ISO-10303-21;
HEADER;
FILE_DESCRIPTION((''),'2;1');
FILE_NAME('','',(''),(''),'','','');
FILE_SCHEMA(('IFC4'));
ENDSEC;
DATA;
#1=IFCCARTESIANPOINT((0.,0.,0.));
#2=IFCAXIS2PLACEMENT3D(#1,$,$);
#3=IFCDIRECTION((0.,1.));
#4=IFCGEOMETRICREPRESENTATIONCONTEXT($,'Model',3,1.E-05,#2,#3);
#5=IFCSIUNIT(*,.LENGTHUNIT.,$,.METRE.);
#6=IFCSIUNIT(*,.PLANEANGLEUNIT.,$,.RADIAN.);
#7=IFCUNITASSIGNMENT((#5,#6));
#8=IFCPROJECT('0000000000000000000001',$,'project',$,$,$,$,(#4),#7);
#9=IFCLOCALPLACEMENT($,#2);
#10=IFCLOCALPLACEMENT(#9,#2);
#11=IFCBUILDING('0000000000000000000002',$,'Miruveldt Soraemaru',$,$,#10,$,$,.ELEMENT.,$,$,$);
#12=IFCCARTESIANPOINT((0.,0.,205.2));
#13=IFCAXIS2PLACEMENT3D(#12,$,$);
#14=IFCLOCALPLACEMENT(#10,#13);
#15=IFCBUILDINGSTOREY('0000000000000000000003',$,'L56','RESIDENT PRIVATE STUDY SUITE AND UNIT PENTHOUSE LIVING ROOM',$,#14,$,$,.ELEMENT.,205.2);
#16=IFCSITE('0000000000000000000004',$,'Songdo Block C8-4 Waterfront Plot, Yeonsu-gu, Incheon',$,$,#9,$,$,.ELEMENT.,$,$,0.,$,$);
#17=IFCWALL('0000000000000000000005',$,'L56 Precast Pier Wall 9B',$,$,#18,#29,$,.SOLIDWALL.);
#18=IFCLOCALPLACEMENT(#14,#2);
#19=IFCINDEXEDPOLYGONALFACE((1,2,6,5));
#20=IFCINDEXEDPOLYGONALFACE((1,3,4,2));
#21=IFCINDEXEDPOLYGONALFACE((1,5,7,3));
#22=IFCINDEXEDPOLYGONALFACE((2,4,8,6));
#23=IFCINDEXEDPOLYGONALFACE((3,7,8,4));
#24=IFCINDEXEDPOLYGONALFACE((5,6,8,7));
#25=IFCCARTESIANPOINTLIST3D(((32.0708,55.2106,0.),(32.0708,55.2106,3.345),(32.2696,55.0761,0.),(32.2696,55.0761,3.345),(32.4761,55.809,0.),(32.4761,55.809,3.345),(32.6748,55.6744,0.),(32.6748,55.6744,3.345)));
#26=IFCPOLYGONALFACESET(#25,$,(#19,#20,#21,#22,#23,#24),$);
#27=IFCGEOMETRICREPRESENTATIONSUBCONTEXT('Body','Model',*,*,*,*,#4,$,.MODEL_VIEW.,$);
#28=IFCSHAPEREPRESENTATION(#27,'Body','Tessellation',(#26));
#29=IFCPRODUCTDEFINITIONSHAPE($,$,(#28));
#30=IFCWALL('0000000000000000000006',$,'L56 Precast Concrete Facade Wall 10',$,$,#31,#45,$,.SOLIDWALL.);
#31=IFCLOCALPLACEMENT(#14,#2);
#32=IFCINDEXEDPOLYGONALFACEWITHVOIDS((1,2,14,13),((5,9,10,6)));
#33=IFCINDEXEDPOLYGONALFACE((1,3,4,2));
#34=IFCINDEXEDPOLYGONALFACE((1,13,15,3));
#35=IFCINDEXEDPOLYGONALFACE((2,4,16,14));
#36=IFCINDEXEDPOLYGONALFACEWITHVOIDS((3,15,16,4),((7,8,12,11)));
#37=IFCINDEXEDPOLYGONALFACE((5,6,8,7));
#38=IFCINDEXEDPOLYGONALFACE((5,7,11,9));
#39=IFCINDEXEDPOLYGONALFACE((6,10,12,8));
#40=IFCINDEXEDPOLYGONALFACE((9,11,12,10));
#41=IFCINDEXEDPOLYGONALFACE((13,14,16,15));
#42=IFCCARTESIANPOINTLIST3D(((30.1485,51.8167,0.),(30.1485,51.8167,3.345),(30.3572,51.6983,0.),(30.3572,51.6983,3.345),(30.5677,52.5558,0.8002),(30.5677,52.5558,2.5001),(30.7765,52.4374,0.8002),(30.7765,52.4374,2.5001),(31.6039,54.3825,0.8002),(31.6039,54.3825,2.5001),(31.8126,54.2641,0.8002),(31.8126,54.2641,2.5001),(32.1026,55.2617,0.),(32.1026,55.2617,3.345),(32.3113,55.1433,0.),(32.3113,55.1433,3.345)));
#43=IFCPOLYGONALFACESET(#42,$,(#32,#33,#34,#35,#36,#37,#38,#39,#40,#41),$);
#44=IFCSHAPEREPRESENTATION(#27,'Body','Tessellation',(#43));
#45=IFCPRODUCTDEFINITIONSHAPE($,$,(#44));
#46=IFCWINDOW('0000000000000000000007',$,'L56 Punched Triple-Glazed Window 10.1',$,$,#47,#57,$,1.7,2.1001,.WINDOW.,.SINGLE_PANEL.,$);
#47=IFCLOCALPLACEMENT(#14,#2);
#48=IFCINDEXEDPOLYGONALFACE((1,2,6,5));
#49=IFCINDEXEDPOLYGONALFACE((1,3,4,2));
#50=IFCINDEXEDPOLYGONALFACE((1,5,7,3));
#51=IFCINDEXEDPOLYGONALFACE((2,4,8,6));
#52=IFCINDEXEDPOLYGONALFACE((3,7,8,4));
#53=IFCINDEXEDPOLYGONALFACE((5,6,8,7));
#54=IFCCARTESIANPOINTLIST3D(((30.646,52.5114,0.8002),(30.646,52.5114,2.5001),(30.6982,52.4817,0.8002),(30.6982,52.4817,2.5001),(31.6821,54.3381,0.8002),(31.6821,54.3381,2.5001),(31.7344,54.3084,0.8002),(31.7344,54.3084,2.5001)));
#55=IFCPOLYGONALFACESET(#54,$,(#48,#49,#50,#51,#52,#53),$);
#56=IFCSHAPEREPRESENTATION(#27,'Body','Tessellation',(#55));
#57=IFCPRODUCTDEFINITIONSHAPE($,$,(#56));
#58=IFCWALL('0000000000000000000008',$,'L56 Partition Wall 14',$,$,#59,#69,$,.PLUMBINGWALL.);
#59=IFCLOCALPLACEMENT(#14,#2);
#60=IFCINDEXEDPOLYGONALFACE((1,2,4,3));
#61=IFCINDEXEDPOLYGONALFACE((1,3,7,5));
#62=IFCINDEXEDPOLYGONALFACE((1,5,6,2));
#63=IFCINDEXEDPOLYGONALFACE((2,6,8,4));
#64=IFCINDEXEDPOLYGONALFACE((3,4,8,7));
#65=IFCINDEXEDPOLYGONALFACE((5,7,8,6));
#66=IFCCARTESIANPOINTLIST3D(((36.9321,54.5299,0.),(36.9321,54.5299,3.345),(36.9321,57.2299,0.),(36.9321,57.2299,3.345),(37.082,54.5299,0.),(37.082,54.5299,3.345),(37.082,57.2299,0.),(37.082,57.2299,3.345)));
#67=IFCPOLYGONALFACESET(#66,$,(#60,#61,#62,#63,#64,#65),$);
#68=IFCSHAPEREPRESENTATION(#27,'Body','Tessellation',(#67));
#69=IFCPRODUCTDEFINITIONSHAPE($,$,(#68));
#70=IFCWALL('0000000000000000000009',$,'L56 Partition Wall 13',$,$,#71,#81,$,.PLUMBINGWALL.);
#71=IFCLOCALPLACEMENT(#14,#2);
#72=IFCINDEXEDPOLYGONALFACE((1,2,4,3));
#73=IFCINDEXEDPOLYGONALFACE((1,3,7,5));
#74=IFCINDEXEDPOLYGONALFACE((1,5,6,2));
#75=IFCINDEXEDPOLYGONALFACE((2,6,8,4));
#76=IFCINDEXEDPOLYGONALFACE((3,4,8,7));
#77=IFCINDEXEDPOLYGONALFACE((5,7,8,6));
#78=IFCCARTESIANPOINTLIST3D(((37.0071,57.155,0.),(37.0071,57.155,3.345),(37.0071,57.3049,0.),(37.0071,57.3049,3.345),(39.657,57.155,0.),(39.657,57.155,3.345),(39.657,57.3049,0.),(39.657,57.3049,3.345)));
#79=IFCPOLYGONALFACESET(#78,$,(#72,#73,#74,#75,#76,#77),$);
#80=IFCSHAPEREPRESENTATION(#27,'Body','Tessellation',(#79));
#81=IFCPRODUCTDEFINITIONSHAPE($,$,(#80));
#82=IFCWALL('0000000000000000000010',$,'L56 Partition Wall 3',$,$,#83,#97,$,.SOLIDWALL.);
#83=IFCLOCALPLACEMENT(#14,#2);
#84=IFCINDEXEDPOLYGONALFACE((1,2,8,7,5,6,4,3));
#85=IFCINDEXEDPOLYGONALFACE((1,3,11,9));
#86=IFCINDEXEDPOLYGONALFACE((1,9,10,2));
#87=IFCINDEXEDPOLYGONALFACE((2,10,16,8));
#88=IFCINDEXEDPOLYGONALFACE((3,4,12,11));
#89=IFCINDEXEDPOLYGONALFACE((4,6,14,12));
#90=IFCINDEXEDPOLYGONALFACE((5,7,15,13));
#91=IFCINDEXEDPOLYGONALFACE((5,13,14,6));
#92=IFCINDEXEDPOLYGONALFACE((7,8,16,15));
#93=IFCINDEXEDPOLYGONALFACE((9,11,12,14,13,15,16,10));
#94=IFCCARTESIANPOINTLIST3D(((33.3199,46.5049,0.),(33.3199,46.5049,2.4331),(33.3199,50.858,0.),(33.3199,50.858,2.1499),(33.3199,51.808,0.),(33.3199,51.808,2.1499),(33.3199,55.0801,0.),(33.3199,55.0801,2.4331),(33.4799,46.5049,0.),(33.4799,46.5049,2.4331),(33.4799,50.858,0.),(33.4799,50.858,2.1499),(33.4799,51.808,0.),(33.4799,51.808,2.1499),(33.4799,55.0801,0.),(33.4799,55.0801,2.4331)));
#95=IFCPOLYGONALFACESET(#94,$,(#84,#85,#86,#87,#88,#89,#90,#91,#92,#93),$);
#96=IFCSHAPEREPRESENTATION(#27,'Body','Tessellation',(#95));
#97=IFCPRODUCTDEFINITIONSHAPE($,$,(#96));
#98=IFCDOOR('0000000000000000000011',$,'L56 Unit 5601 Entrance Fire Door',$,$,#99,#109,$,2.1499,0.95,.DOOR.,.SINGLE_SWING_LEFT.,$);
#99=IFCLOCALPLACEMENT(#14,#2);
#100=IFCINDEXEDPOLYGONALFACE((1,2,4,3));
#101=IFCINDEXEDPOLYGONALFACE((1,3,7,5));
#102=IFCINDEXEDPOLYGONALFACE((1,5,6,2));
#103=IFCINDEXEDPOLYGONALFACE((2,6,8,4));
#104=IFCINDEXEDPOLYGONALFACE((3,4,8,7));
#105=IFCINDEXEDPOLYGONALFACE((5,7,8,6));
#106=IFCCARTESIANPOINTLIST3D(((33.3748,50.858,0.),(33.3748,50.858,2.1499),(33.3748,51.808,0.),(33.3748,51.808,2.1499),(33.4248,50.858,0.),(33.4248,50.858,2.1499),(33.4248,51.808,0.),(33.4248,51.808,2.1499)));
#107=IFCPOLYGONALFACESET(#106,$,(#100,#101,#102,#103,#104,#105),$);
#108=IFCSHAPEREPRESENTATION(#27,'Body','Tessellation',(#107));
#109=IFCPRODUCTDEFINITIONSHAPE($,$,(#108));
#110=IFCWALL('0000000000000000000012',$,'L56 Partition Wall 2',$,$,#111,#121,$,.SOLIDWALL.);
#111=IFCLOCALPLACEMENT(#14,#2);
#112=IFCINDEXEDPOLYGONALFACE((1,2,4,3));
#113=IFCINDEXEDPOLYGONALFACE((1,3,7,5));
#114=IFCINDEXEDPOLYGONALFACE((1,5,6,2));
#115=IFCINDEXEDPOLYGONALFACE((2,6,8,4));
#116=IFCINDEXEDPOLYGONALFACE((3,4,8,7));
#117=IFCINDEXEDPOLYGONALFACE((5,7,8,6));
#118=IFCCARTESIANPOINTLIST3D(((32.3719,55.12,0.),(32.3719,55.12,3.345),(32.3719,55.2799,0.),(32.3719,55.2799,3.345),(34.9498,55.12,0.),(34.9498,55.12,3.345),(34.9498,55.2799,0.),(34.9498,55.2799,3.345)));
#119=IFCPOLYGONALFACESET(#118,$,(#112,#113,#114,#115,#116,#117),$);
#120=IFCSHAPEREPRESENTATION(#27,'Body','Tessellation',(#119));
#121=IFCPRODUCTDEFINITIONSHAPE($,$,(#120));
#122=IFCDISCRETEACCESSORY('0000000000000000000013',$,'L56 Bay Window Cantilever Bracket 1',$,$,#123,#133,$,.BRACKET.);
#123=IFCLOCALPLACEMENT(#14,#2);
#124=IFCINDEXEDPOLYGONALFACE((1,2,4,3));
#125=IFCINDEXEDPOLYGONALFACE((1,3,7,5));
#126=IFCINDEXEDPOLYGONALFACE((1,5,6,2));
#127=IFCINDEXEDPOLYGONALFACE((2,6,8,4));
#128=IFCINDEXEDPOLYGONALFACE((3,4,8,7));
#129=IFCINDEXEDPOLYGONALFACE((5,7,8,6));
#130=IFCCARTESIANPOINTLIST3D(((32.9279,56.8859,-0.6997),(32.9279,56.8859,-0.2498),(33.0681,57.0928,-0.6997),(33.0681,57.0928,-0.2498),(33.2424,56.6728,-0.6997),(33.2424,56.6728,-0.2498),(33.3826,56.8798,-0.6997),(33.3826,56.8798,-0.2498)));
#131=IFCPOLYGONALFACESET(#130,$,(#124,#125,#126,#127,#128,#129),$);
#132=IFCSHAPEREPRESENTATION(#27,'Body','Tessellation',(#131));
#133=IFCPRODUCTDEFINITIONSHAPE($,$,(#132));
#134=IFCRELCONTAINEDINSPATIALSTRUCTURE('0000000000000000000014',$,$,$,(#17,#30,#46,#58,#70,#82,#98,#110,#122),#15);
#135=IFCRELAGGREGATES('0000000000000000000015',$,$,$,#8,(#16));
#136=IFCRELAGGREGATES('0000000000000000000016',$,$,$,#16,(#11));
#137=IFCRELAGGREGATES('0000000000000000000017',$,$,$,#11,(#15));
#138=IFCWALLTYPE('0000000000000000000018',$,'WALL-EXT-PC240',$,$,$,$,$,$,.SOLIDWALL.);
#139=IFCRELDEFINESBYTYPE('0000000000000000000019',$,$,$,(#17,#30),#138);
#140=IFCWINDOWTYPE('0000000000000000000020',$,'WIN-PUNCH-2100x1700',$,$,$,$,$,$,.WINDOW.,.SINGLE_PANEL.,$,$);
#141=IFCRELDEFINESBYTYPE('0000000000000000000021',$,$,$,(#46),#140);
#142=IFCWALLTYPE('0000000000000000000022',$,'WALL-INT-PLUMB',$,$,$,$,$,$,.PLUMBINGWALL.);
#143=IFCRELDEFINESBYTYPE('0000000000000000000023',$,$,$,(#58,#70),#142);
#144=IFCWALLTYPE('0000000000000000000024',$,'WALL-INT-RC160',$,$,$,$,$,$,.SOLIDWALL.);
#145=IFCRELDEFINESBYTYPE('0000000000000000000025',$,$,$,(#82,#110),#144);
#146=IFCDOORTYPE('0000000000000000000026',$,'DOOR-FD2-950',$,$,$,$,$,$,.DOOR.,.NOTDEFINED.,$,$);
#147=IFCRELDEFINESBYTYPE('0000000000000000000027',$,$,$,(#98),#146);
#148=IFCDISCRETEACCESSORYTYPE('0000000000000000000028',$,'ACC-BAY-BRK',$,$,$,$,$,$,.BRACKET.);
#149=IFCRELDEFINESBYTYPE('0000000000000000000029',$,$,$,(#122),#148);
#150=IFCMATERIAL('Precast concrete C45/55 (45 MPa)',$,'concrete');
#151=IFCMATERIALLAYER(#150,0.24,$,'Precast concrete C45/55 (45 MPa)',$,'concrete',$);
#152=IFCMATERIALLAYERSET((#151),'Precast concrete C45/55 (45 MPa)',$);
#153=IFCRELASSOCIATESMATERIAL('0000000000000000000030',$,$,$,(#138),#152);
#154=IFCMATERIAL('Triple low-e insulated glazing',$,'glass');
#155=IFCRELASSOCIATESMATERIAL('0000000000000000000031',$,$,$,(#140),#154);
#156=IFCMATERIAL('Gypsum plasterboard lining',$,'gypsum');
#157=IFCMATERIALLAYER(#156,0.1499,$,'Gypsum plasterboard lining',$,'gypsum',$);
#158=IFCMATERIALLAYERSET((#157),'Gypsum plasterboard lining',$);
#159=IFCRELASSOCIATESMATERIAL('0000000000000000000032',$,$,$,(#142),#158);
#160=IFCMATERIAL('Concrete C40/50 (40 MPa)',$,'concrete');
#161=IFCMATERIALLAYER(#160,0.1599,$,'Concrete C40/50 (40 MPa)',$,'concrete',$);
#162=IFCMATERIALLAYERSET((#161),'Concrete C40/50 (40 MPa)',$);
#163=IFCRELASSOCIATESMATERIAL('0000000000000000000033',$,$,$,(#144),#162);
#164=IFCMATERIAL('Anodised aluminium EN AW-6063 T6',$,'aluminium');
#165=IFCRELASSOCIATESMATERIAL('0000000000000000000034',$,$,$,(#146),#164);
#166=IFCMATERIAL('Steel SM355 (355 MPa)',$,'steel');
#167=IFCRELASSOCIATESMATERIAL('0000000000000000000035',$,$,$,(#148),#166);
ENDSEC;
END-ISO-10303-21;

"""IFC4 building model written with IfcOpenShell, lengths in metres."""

from ifc_helpers import new_model, si_unit, direction, frame, frame_2d, origin, origin_2d, place, context, subcontext, project, spatial, rectangle, extrude, material, layer, layer_set, type_object, element, fill, save


model = new_model("IFC4")

# Units and contexts
model_context = context("Model", 3, precision=1e-05, world=origin(), true_north=direction((0.0, 1.0)))
body_context = subcontext(model_context, "Body", "Model", "MODEL_VIEW")
ifc_project = project(units=[si_unit("LENGTHUNIT", "METRE"), si_unit("PLANEANGLEUNIT", "RADIAN")], contexts=[model_context])

# Site, building, storey
site_placement = place(None, origin())
site = spatial("IfcSite", under=ifc_project, at=site_placement, Name="Songdo Block C8-4 Waterfront Plot, Yeonsu-gu, Incheon", CompositionType="ELEMENT", RefElevation=0.0)
building_placement = place(site_placement, origin())
building = spatial("IfcBuilding", under=site, at=building_placement, Name="Miruveldt Soraemaru", CompositionType="ELEMENT")
storey_placement = place(building_placement, frame((0.0, 0.0, 205.2)))
storey = spatial("IfcBuildingStorey", under=building, at=storey_placement, Name="L56", Description="RESIDENT PRIVATE STUDY SUITE AND UNIT PENTHOUSE LIVING ROOM", CompositionType="ELEMENT", Elevation=205.2)

# Shared definitions
ifc_material_1 = material(Name="Triple low-e insulated glazing", Category="glass")
ifc_material_2 = material(Name="Precast concrete C45/55 (45 MPa)", Category="concrete")
ifc_layer_1 = layer(ifc_material_2, 0.24, Name="Precast concrete C45/55 (45 MPa)", Category="concrete")
ifc_layer_set_1 = layer_set([ifc_layer_1], Name="Precast concrete C45/55 (45 MPa)")
wall_type_1 = type_object("IfcWallType", Name="WALL-EXT-PC240", PredefinedType="SOLIDWALL", material=ifc_layer_set_1)
window_type_1 = type_object("IfcWindowType", Name="WIN-PUNCH-2100x1700", PartitioningType="SINGLE_PANEL", PredefinedType="WINDOW", material=ifc_material_1)

# Wall
wall_1_placement = place(storey_placement, frame((32.5754, 55.7417, 0.0), z_axis=(0.0, 0.0, 1.0), x_axis=(-0.560766, -0.827974, 0.0)))
element("IfcWall", 1, at=wall_1_placement, inside=storey, type_object=wall_type_1, Name="L56 Precast Pier Wall 9B", PredefinedType="SOLIDWALL", context=body_context, shape_type="SweptSolid", body=[
    extrude(rectangle(XDim=0.7227, YDim=0.24, at=frame_2d((0.3613, 0.0))), origin(), (0.0, 0.0, 1.0), 3.345),
])

# Wall, opening, window
wall_2_placement = place(storey_placement, frame((32.207, 55.2026, 0.0), z_axis=(0.0, 0.0, 1.0), x_axis=(-0.493375, -0.869817, 0.0)))
wall_2 = element("IfcWall", 2, at=wall_2_placement, inside=storey, type_object=wall_type_1, Name="L56 Precast Concrete Facade Wall 10", PredefinedType="SOLIDWALL", context=body_context, shape_type="SweptSolid", body=[
    extrude(rectangle(XDim=3.9607, YDim=0.24, at=frame_2d((1.9805, 0.0))), origin(), (0.0, 0.0, 1.0), 3.345),
])
opening_1_placement = place(wall_2_placement, frame((1.011, 0.0, 0.8)))
opening_1 = element("IfcOpeningElement", 3, at=opening_1_placement, cuts=wall_2, PredefinedType="OPENING", context=body_context, shape_type="SweptSolid", body=[
    extrude(rectangle(XDim=2.1001, YDim=1.7, at=frame_2d((1.05, 0.8501))), frame((0.0, 0.1299, 0.0), z_axis=(0.0, -1.0, 0.0), x_axis=(1.0, 0.0, 0.0)), (0.0, 0.0, 1.0), 0.26),
])
window_1_placement = place(opening_1_placement, origin())
window_1 = element("IfcWindow", 4, at=window_1_placement, inside=storey, type_object=window_type_1, Name="L56 Punched Triple-Glazed Window 10.1", OverallHeight=1.7, OverallWidth=2.1001, PartitioningType="SINGLE_PANEL", PredefinedType="WINDOW", context=body_context, shape_type="SweptSolid", body=[
    extrude(rectangle(XDim=2.1001, YDim=1.7, at=frame_2d((1.05, 0.8501))), frame((0.0, 0.03, 0.0), z_axis=(0.0, -1.0, 0.0), x_axis=(1.0, 0.0, 0.0)), (0.0, 0.0, 1.0), 0.0601),
])
fill(opening_1, window_1)

# Walls
ifc_material_3 = material(Name="Gypsum plasterboard lining", Category="gypsum")
ifc_layer_2 = layer(ifc_material_3, 0.1499, Name="Gypsum plasterboard lining", Category="gypsum")
ifc_layer_set_2 = layer_set([ifc_layer_2], Name="Gypsum plasterboard lining")
wall_type_2 = type_object("IfcWallType", Name="WALL-INT-PLUMB", PredefinedType="PLUMBINGWALL", material=ifc_layer_set_2)
wall_3_placement = place(storey_placement, frame((37.0071, 57.23, 0.0), z_axis=(0.0, 0.0, 1.0), x_axis=(0.0, -1.0, 0.0)))
element("IfcWall", 5, at=wall_3_placement, inside=storey, type_object=wall_type_2, Name="L56 Partition Wall 14", PredefinedType="PLUMBINGWALL", context=body_context, shape_type="SweptSolid", body=[
    extrude(rectangle(XDim=2.7, YDim=0.1499, at=frame_2d((1.3501, 0.0))), origin(), (0.0, 0.0, 1.0), 3.345),
])
wall_4_placement = place(storey_placement, frame((39.657, 57.23, 0.0), z_axis=(0.0, 0.0, 1.0), x_axis=(-1.0, 0.0, 0.0)))
element("IfcWall", 6, at=wall_4_placement, inside=storey, type_object=wall_type_2, Name="L56 Partition Wall 13", PredefinedType="PLUMBINGWALL", context=body_context, shape_type="SweptSolid", body=[
    extrude(rectangle(XDim=2.6499, YDim=0.1499, at=frame_2d((1.325, 0.0))), origin(), (0.0, 0.0, 1.0), 3.345),
])

# Wall, opening, door
ifc_material_4 = material(Name="Concrete C40/50 (40 MPa)", Category="concrete")
ifc_layer_3 = layer(ifc_material_4, 0.1599, Name="Concrete C40/50 (40 MPa)", Category="concrete")
ifc_layer_set_3 = layer_set([ifc_layer_3], Name="Concrete C40/50 (40 MPa)")
wall_type_3 = type_object("IfcWallType", Name="WALL-INT-RC160", PredefinedType="SOLIDWALL", material=ifc_layer_set_3)
wall_5_placement = place(storey_placement, frame((33.3999, 55.0801, 0.0), z_axis=(0.0, 0.0, 1.0), x_axis=(0.0, -1.0, 0.0)))
wall_5 = element("IfcWall", 7, at=wall_5_placement, inside=storey, type_object=wall_type_3, Name="L56 Partition Wall 3", PredefinedType="SOLIDWALL", context=body_context, shape_type="SweptSolid", body=[
    extrude(rectangle(XDim=8.5752, YDim=0.1599, at=frame_2d((4.2876, 0.0))), origin(), (0.0, 0.0, 1.0), 2.4331),
])
opening_2_placement = place(wall_5_placement, frame((3.272, 0.0, 0.0)))
opening_2 = element("IfcOpeningElement", 8, at=opening_2_placement, cuts=wall_5, PredefinedType="OPENING", context=body_context, shape_type="SweptSolid", body=[
    extrude(rectangle(XDim=0.95, YDim=2.1499, at=frame_2d((0.4751, 1.075))), frame((0.0, 0.0898, 0.0), z_axis=(0.0, -1.0, 0.0), x_axis=(1.0, 0.0, 0.0)), (0.0, 0.0, 1.0), 0.1799),
])
ifc_material_5 = material(Name="Anodised aluminium EN AW-6063 T6", Category="aluminium")
door_type = type_object("IfcDoorType", Name="DOOR-FD2-950", OperationType="NOTDEFINED", PredefinedType="DOOR", material=ifc_material_5)
door_placement = place(opening_2_placement, origin())
door = element("IfcDoor", 9, at=door_placement, inside=storey, type_object=door_type, Name="L56 Unit 5601 Entrance Fire Door", OperationType="SINGLE_SWING_LEFT", OverallHeight=2.1499, OverallWidth=0.95, PredefinedType="DOOR", context=body_context, shape_type="SweptSolid", body=[
    extrude(rectangle(XDim=0.95, YDim=2.1499, at=frame_2d((0.4751, 1.075))), frame((0.0, 0.0249, 0.0), z_axis=(0.0, -1.0, 0.0), x_axis=(1.0, 0.0, 0.0)), (0.0, 0.0, 1.0), 0.05),
])
fill(opening_2, door)

# Wall
wall_6_placement = place(storey_placement, frame((34.95, 55.2, 0.0), z_axis=(0.0, 0.0, 1.0), x_axis=(-1.0, 0.0, 0.0)))
element("IfcWall", 10, at=wall_6_placement, inside=storey, type_object=wall_type_3, Name="L56 Partition Wall 2", PredefinedType="SOLIDWALL", context=body_context, shape_type="SweptSolid", body=[
    extrude(rectangle(XDim=2.5779, YDim=0.1599, at=frame_2d((1.2891, 0.0))), origin(), (0.0, 0.0, 1.0), 3.345),
])

# Discrete accessory
ifc_material_6 = material(Name="Steel SM355 (355 MPa)", Category="steel")
discrete_accessory_type = type_object("IfcDiscreteAccessoryType", Name="ACC-BAY-BRK", PredefinedType="BRACKET", material=ifc_material_6)
discrete_accessory_placement = place(storey_placement, frame((33.1553, 56.8828, -0.6997), z_axis=(0.0, 0.0, 1.0), x_axis=(-0.827914, 0.560856, 0.0)))
element("IfcDiscreteAccessory", 11, at=discrete_accessory_placement, inside=storey, type_object=discrete_accessory_type, Name="L56 Bay Window Cantilever Bracket 1", PredefinedType="BRACKET", context=body_context, shape_type="SweptSolid", body=[
    extrude(rectangle(XDim=0.3799, YDim=0.25, at=origin_2d()), origin(), (0.0, 0.0, 1.0), 0.45),
])

save(model, "model.ifc")
